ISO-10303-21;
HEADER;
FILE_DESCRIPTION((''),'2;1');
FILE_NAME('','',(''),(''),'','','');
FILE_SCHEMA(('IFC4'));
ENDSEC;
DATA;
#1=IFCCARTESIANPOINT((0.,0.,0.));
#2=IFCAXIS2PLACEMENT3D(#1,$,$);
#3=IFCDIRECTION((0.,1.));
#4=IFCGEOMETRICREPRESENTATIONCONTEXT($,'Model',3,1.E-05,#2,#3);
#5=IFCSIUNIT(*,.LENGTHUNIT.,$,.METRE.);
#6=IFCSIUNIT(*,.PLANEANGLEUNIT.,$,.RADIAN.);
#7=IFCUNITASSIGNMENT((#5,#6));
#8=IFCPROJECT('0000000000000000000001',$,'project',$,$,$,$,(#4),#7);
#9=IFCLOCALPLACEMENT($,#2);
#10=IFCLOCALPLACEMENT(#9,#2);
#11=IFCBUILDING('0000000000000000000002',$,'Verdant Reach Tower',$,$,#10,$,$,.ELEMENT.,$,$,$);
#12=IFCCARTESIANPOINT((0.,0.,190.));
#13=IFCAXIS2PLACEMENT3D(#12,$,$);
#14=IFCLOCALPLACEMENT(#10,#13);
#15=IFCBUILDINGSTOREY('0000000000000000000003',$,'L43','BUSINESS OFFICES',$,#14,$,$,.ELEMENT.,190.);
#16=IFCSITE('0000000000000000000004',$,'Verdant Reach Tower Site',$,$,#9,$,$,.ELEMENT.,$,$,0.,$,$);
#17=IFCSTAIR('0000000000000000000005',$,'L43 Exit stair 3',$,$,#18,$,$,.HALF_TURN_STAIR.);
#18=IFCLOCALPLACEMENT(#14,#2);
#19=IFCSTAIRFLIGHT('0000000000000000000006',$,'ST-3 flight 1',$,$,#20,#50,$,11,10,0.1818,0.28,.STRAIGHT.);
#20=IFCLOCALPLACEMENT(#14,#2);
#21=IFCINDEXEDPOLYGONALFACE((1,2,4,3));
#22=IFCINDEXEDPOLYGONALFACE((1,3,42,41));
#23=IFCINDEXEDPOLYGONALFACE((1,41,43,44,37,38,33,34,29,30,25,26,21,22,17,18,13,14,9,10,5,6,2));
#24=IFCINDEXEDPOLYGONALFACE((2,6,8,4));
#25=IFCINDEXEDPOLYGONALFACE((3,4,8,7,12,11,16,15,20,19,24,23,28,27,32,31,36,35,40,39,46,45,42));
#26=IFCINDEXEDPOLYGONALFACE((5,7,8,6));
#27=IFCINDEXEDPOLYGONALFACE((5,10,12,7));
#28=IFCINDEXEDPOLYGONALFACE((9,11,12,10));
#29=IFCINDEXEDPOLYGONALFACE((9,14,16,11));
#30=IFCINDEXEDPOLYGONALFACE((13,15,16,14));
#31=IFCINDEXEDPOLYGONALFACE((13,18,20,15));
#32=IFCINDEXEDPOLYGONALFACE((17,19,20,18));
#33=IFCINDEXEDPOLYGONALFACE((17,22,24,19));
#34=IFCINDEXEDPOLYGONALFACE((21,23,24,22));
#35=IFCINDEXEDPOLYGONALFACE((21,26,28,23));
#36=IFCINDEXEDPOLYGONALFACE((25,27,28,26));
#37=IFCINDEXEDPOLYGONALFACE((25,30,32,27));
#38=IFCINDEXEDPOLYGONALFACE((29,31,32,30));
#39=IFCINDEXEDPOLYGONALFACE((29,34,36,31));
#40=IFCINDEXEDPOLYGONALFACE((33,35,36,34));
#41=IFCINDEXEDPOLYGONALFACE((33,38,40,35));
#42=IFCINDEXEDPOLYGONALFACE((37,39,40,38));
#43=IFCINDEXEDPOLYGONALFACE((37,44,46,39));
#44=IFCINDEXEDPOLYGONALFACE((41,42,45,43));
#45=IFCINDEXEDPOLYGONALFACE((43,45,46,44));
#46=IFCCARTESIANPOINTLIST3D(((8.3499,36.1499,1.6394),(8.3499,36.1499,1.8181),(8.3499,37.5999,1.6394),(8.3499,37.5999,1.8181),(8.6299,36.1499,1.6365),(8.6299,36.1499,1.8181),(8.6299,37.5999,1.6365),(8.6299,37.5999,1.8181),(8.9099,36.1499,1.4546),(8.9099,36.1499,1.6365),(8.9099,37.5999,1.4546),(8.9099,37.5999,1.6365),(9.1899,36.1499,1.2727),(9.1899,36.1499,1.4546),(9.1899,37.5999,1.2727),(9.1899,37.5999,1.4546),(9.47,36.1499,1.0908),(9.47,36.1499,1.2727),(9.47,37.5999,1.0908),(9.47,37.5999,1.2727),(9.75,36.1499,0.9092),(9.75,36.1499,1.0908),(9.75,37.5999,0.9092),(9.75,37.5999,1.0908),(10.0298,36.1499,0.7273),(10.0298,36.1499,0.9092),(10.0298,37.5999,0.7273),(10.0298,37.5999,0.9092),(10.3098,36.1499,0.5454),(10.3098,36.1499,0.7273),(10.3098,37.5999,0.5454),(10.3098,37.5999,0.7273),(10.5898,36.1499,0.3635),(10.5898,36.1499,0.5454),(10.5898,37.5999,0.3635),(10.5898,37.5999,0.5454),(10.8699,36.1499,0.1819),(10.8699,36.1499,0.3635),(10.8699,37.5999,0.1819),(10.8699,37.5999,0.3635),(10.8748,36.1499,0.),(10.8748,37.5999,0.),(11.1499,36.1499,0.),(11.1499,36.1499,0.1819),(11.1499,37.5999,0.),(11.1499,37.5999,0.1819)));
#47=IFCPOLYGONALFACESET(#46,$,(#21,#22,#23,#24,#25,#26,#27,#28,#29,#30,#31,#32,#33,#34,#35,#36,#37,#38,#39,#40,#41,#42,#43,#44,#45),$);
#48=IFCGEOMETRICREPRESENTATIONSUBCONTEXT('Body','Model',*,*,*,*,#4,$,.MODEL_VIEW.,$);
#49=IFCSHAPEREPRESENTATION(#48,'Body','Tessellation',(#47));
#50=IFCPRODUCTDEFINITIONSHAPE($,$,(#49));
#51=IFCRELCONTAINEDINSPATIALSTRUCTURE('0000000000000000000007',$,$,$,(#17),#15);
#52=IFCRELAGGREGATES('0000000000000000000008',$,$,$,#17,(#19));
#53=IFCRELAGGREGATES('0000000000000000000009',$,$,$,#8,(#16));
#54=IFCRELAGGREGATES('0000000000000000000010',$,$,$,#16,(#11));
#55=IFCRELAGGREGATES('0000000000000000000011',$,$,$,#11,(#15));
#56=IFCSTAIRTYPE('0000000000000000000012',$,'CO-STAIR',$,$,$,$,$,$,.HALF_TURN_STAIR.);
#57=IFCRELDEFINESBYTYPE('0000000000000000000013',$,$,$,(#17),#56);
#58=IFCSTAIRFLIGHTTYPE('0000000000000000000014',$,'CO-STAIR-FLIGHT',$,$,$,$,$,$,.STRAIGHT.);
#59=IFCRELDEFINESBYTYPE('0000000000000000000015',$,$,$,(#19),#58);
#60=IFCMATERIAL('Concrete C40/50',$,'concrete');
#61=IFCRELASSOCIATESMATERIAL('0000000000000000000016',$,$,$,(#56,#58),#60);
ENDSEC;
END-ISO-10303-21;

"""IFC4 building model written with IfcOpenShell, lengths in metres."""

from ifc_helpers import new_model, si_unit, direction, frame, origin, place, context, subcontext, project, spatial, polyline, outline, extrude, material, type_object, element, aggregate, save


model = new_model("IFC4")

# Units and contexts
model_context = context("Model", 3, precision=1e-05, world=origin(), true_north=direction((0.0, 1.0)))
body_context = subcontext(model_context, "Body", "Model", "MODEL_VIEW")
ifc_project = project(units=[si_unit("LENGTHUNIT", "METRE"), si_unit("PLANEANGLEUNIT", "RADIAN")], contexts=[model_context])

# Site, building, storey
site_placement = place(None, origin())
site = spatial("IfcSite", under=ifc_project, at=site_placement, Name="Verdant Reach Tower Site", CompositionType="ELEMENT", RefElevation=0.0)
building_placement = place(site_placement, origin())
building = spatial("IfcBuilding", under=site, at=building_placement, Name="Verdant Reach Tower", CompositionType="ELEMENT")
storey_placement = place(building_placement, frame((0.0, 0.0, 190.0)))
storey = spatial("IfcBuildingStorey", under=building, at=storey_placement, Name="L43", Description="BUSINESS OFFICES", CompositionType="ELEMENT", Elevation=190.0)

# Stair, stair flight
ifc_material_1 = material(Name="Concrete C40/50", Category="concrete")
stair_type = type_object("IfcStairType", Name="CO-STAIR", PredefinedType="HALF_TURN_STAIR", material=ifc_material_1)
stair_placement = place(storey_placement, origin())
stair = element("IfcStair", 1, at=stair_placement, inside=storey, type_object=stair_type, Name="L43 Exit stair 3", PredefinedType="HALF_TURN_STAIR")
stair_flight_type = type_object("IfcStairFlightType", Name="CO-STAIR-FLIGHT", PredefinedType="STRAIGHT", material=ifc_material_1)
stair_flight_placement = place(storey_placement, frame((11.1499, 36.875, 0.0), z_axis=(0.0, 0.0, 1.0), x_axis=(-1.0, 0.0, 0.0)))
stair_flight = element("IfcStairFlight", 2, at=stair_flight_placement, type_object=stair_flight_type, Name="ST-3 flight 1", NumberOfRisers=11, NumberOfTreads=10, PredefinedType="STRAIGHT", RiserHeight=0.1818, TreadLength=0.28, context=body_context, shape_type="SweptSolid", body=[
    extrude(outline(polyline([(0.0, 0.0), (0.0, 0.1819), (0.28, 0.1819), (0.28, 0.3635), (0.5601, 0.3635), (0.5601, 0.5454), (0.8401, 0.5454), (0.8401, 0.7273), (1.1201, 0.7273), (1.1201, 0.9092), (1.3999, 0.9092), (1.3999, 1.0908), (1.6799, 1.0908), (1.6799, 1.2727), (1.96, 1.2727), (1.96, 1.4546), (2.24, 1.4546), (2.24, 1.6365), (2.52, 1.6365), (2.52, 1.8181), (2.8, 1.8181), (2.8, 2.0), (2.8, 1.6394), (0.2751, 0.0), (0.0, 0.0)])), frame((0.0, 0.7251, 0.0), z_axis=(0.0, -1.0, 0.0), x_axis=(1.0, 0.0, 0.0)), (0.0, 0.0, 1.0), 1.45),
])
aggregate(stair, [stair_flight])

save(model, "model.ifc")
